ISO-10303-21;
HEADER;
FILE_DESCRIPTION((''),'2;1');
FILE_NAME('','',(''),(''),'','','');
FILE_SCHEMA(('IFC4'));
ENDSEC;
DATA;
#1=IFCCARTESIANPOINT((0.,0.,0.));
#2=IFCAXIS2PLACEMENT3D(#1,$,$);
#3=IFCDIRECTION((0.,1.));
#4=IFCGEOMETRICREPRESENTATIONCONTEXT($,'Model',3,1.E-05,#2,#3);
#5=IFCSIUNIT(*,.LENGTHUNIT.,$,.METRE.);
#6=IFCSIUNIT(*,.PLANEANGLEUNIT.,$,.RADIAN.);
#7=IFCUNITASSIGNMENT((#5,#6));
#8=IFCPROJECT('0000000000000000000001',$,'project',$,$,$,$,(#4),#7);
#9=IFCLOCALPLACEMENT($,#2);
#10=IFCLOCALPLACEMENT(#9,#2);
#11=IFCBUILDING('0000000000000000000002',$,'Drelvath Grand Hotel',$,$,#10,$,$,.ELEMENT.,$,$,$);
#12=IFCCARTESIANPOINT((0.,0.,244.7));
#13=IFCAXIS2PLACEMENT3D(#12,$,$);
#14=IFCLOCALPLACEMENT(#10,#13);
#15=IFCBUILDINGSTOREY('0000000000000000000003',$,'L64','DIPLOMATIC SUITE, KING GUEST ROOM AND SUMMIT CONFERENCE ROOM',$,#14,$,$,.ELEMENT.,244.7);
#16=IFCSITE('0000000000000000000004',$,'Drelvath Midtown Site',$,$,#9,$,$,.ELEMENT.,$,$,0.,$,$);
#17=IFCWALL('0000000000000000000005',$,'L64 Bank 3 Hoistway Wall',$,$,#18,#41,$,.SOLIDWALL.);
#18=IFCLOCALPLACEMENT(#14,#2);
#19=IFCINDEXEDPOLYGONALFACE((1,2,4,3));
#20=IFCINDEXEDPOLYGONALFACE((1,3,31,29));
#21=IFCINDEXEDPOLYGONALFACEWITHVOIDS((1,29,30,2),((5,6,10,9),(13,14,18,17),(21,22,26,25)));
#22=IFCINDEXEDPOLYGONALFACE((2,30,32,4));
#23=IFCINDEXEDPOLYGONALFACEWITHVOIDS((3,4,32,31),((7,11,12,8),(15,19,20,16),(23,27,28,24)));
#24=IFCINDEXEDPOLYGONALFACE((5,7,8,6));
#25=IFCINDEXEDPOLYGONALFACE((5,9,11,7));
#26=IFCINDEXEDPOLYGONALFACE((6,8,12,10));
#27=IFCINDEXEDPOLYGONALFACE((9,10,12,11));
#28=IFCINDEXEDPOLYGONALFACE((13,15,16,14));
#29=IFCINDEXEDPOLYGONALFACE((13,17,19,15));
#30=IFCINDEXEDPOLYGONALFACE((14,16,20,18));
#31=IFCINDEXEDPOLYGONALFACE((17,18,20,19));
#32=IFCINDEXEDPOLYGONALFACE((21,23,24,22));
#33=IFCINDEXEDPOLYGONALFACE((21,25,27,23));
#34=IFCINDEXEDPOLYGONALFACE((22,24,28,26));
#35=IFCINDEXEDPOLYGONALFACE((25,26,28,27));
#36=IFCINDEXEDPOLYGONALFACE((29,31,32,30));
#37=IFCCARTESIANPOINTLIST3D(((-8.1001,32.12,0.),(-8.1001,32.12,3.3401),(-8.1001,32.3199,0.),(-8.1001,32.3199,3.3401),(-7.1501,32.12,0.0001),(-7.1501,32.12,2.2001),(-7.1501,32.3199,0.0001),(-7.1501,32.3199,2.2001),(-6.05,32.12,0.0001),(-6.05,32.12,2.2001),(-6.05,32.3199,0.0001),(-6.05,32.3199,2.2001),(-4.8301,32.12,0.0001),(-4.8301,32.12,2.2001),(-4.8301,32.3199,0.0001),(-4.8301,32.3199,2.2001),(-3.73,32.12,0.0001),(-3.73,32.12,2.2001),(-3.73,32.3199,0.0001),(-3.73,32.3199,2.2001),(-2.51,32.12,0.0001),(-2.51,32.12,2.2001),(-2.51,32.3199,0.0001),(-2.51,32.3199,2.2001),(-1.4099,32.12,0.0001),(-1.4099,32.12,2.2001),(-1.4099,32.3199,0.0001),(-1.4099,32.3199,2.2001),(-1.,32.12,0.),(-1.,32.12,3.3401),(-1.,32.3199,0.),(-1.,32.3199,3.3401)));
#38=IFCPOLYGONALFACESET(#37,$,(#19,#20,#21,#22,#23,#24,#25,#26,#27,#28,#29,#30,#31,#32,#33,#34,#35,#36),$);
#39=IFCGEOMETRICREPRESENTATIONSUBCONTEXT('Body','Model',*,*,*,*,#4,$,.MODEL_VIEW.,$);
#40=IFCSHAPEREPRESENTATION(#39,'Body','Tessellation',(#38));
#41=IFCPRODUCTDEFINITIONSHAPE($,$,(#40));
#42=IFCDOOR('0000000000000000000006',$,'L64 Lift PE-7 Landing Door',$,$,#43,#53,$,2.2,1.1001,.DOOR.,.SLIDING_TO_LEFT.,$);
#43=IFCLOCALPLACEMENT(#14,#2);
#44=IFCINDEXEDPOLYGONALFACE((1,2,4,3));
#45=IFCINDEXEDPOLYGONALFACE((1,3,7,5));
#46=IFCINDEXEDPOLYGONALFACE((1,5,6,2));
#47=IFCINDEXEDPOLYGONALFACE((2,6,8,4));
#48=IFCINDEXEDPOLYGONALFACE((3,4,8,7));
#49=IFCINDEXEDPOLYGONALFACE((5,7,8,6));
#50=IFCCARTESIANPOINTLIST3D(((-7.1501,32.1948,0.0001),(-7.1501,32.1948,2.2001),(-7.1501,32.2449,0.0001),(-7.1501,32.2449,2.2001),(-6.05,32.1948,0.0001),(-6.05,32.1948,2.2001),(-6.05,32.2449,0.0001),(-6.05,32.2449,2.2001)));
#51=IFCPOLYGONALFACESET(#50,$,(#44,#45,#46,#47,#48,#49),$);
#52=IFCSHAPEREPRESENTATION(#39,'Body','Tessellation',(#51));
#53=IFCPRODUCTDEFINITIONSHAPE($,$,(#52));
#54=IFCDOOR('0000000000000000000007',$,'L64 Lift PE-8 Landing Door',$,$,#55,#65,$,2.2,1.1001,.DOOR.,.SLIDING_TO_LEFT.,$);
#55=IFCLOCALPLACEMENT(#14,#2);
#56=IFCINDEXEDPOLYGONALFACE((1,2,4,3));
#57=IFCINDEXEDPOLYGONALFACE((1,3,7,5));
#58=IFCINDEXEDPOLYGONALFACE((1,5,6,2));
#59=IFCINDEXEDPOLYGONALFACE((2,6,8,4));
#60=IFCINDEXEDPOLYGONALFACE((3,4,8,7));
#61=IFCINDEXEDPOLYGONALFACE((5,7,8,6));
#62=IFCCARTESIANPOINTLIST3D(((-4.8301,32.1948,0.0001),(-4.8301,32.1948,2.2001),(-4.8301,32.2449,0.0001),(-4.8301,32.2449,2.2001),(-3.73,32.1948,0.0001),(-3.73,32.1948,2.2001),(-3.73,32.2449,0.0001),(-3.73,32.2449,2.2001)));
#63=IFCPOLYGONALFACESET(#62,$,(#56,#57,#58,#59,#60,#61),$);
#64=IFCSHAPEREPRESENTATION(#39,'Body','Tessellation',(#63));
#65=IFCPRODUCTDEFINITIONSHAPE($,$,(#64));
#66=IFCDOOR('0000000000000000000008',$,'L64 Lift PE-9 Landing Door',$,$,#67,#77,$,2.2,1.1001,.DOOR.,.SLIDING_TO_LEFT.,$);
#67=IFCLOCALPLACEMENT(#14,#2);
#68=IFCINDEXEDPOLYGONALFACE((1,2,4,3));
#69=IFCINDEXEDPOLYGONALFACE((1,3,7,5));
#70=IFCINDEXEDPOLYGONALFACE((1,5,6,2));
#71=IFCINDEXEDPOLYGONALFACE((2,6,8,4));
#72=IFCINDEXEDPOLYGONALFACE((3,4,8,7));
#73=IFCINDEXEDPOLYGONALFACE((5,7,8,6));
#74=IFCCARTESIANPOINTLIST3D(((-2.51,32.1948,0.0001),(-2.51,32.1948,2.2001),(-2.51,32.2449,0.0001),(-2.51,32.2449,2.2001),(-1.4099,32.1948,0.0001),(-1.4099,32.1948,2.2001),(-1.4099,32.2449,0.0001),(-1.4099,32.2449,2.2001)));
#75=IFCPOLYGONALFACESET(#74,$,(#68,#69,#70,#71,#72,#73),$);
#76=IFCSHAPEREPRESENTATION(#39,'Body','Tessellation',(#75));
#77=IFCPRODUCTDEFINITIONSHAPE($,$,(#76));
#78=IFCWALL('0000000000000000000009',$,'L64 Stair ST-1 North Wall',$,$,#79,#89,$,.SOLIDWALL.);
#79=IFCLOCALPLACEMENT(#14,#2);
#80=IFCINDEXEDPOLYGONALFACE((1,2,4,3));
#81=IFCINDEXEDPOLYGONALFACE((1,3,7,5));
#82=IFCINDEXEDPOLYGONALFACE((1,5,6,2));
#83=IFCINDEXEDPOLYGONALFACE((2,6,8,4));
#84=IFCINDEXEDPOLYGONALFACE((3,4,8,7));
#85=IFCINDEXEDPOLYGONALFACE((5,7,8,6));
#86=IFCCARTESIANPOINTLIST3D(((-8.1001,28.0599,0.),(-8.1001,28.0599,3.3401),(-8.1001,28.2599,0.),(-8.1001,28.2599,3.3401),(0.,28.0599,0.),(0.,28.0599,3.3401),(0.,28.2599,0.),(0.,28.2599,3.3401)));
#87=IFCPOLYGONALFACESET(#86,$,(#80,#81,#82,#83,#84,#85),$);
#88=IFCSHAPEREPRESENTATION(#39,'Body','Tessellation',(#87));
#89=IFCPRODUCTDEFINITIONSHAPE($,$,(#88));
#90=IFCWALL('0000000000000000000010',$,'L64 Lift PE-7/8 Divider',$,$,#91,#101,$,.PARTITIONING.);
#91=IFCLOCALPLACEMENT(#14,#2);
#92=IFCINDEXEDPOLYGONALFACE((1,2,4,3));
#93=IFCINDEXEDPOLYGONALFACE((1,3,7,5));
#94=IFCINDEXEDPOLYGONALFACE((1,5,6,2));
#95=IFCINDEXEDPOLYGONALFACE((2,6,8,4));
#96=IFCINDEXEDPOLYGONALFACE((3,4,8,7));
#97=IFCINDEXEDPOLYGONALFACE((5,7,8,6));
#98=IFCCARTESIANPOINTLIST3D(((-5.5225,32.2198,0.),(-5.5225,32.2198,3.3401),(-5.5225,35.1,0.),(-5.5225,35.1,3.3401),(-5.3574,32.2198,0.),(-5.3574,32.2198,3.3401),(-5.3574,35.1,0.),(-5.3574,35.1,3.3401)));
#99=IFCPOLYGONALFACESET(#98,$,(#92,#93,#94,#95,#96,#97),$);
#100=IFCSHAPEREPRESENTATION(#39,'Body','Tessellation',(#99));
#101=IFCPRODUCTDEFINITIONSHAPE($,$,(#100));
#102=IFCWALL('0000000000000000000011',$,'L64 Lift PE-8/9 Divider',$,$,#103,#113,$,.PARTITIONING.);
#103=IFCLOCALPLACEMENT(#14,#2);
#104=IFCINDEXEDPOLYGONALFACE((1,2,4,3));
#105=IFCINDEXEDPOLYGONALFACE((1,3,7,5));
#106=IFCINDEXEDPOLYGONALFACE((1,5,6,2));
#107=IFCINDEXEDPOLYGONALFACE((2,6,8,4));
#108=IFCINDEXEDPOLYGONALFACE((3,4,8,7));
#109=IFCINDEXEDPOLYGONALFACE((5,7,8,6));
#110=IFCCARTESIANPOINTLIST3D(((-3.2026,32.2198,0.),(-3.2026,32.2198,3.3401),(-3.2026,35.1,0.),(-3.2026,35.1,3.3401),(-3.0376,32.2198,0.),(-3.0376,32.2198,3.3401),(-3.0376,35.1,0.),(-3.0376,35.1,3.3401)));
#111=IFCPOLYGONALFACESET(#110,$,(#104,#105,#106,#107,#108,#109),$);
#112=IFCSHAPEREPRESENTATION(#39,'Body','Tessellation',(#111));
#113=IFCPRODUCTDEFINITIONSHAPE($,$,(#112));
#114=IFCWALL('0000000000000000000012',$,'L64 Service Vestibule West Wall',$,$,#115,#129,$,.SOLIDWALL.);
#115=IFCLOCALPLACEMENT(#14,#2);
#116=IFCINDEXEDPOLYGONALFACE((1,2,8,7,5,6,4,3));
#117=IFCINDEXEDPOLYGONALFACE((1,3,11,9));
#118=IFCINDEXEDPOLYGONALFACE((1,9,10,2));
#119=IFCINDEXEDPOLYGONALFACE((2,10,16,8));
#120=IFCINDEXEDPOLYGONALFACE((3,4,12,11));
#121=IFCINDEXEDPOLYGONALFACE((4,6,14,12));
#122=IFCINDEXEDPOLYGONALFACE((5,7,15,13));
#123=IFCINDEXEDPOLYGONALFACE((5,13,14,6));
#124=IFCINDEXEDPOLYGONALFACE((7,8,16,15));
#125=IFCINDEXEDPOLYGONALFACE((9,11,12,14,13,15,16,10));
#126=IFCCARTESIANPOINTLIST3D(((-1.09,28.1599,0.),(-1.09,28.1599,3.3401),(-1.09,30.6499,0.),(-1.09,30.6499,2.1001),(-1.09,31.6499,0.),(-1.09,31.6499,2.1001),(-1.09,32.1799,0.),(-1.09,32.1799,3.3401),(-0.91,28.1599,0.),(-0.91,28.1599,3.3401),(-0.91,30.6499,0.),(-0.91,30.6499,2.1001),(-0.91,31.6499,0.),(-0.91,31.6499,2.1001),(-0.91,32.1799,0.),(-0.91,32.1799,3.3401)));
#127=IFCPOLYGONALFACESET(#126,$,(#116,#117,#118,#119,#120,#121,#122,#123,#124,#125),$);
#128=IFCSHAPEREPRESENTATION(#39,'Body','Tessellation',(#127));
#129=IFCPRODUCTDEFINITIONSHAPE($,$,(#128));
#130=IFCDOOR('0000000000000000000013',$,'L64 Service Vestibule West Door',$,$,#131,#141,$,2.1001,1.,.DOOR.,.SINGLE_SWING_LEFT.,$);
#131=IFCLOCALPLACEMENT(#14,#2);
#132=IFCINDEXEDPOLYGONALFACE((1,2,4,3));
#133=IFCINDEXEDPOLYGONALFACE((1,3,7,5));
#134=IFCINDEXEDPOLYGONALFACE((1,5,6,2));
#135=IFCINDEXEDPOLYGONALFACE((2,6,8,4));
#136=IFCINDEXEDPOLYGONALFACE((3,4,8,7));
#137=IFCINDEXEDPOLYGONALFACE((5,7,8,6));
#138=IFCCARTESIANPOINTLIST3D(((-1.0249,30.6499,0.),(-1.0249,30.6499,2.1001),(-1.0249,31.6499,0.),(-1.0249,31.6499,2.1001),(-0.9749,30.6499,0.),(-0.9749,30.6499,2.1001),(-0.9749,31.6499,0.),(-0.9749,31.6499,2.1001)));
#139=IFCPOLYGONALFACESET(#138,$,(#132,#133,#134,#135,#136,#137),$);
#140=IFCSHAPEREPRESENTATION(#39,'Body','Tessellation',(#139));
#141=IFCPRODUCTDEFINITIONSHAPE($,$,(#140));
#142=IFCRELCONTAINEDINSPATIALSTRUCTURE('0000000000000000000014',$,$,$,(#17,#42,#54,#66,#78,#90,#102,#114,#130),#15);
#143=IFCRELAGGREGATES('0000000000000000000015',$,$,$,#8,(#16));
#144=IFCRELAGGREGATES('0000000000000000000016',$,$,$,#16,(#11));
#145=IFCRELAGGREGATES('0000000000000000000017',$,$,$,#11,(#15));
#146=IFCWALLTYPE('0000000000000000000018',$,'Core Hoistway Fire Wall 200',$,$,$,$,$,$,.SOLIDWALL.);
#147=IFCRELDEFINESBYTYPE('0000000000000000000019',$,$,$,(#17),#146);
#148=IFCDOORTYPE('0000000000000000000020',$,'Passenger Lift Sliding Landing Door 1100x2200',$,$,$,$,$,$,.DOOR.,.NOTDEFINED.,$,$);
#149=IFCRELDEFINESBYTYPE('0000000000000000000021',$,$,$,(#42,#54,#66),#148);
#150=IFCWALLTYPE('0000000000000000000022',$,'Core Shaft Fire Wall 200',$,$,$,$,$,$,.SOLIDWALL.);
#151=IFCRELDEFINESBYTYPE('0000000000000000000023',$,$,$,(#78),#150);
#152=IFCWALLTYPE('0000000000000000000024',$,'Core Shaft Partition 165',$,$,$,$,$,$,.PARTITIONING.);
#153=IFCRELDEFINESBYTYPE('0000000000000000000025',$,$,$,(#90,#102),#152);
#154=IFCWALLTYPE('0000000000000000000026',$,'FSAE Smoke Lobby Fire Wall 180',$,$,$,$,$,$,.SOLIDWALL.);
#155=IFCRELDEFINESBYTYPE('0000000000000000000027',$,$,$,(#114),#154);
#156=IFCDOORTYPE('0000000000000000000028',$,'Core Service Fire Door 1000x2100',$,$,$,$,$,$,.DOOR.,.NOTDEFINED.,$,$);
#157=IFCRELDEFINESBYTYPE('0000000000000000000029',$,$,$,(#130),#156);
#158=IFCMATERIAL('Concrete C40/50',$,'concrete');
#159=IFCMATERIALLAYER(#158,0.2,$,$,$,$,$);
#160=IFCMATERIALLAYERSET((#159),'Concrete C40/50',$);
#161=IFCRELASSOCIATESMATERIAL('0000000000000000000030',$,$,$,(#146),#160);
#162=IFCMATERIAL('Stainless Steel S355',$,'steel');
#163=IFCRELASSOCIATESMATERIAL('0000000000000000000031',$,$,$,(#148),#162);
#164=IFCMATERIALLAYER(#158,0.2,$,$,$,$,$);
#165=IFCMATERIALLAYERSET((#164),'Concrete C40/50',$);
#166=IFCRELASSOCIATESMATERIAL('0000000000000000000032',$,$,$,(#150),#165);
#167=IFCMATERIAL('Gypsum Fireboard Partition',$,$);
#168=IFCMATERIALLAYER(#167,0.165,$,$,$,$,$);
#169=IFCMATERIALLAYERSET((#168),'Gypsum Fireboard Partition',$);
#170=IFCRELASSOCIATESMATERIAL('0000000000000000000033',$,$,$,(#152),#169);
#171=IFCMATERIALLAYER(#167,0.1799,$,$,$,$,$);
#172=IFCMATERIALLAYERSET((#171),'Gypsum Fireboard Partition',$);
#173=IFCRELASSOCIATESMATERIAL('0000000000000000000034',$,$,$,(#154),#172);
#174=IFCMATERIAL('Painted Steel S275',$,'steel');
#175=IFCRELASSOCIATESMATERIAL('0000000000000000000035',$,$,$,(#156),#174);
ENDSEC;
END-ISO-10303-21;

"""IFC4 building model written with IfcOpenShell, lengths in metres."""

from ifc_helpers import new_model, si_unit, direction, frame, frame_2d, origin, place, context, subcontext, project, spatial, rectangle, extrude, material, layer, layer_set, type_object, element, fill, save


model = new_model("IFC4")

# Units and contexts
model_context = context("Model", 3, precision=1e-05, world=origin(), true_north=direction((0.0, 1.0)))
body_context = subcontext(model_context, "Body", "Model", "MODEL_VIEW")
ifc_project = project(units=[si_unit("LENGTHUNIT", "METRE"), si_unit("PLANEANGLEUNIT", "RADIAN")], contexts=[model_context])

# Site, building, storey
site_placement = place(None, origin())
site = spatial("IfcSite", under=ifc_project, at=site_placement, Name="Drelvath Midtown Site", CompositionType="ELEMENT", RefElevation=0.0)
building_placement = place(site_placement, origin())
building = spatial("IfcBuilding", under=site, at=building_placement, Name="Drelvath Grand Hotel", CompositionType="ELEMENT")
storey_placement = place(building_placement, frame((0.0, 0.0, 244.7)))
storey = spatial("IfcBuildingStorey", under=building, at=storey_placement, Name="L64", Description="DIPLOMATIC SUITE, KING GUEST ROOM AND SUMMIT CONFERENCE ROOM", CompositionType="ELEMENT", Elevation=244.7)

# Shared definitions
ifc_material_1 = material(Name="Painted Steel S275", Category="steel")

# Wall, openings, doors
ifc_material_2 = material(Name="Concrete C40/50", Category="concrete")
ifc_layer_1 = layer(ifc_material_2, 0.2)
ifc_layer_set_1 = layer_set([ifc_layer_1], Name="Concrete C40/50")
wall_type_1 = type_object("IfcWallType", Name="Core Hoistway Fire Wall 200", PredefinedType="SOLIDWALL", material=ifc_layer_set_1)
wall_1_placement = place(storey_placement, frame((-8.1001, 32.22, 0.0), z_axis=(0.0, 0.0, 1.0), x_axis=(1.0, 0.0, 0.0)))
wall_1 = element("IfcWall", 1, at=wall_1_placement, inside=storey, type_object=wall_type_1, Name="L64 Bank 3 Hoistway Wall", PredefinedType="SOLIDWALL", context=body_context, shape_type="SweptSolid", body=[
    extrude(rectangle(XDim=7.1001, YDim=0.2, at=frame_2d((3.55, 0.0))), origin(), (0.0, 0.0, 1.0), 3.3401),
])
opening_1_placement = place(wall_1_placement, frame((0.95, 0.0, 0.0)))
opening_1 = element("IfcOpeningElement", 2, at=opening_1_placement, cuts=wall_1, PredefinedType="OPENING", context=body_context, shape_type="SweptSolid", body=[
    extrude(rectangle(XDim=1.1001, YDim=2.2, at=frame_2d((0.55, 1.1001))), frame((0.0, 0.1099, 0.0), z_axis=(0.0, -1.0, 0.0), x_axis=(1.0, 0.0, 0.0)), (0.0, 0.0, 1.0), 0.22),
])
opening_2_placement = place(wall_1_placement, frame((3.27, 0.0, 0.0)))
opening_2 = element("IfcOpeningElement", 3, at=opening_2_placement, cuts=wall_1, PredefinedType="OPENING", context=body_context, shape_type="SweptSolid", body=[
    extrude(rectangle(XDim=1.1001, YDim=2.2, at=frame_2d((0.55, 1.1001))), frame((0.0, 0.1099, 0.0), z_axis=(0.0, -1.0, 0.0), x_axis=(1.0, 0.0, 0.0)), (0.0, 0.0, 1.0), 0.22),
])
opening_3_placement = place(wall_1_placement, frame((5.5901, 0.0, 0.0)))
opening_3 = element("IfcOpeningElement", 4, at=opening_3_placement, cuts=wall_1, PredefinedType="OPENING", context=body_context, shape_type="SweptSolid", body=[
    extrude(rectangle(XDim=1.1001, YDim=2.2, at=frame_2d((0.55, 1.1001))), frame((0.0, 0.1099, 0.0), z_axis=(0.0, -1.0, 0.0), x_axis=(1.0, 0.0, 0.0)), (0.0, 0.0, 1.0), 0.22),
])
ifc_material_3 = material(Name="Stainless Steel S355", Category="steel")
door_type_1 = type_object("IfcDoorType", Name="Passenger Lift Sliding Landing Door 1100x2200", OperationType="NOTDEFINED", PredefinedType="DOOR", material=ifc_material_3)
door_1_placement = place(opening_1_placement, origin())
door_1 = element("IfcDoor", 5, at=door_1_placement, inside=storey, type_object=door_type_1, Name="L64 Lift PE-7 Landing Door", OperationType="SLIDING_TO_LEFT", OverallHeight=2.2, OverallWidth=1.1001, PredefinedType="DOOR", context=body_context, shape_type="SweptSolid", body=[
    extrude(rectangle(XDim=1.1001, YDim=2.2, at=frame_2d((0.55, 1.1001))), frame((0.0, 0.0249, 0.0), z_axis=(0.0, -1.0, 0.0), x_axis=(1.0, 0.0, 0.0)), (0.0, 0.0, 1.0), 0.05),
])
fill(opening_1, door_1)
door_2_placement = place(opening_2_placement, origin())
door_2 = element("IfcDoor", 6, at=door_2_placement, inside=storey, type_object=door_type_1, Name="L64 Lift PE-8 Landing Door", OperationType="SLIDING_TO_LEFT", OverallHeight=2.2, OverallWidth=1.1001, PredefinedType="DOOR", context=body_context, shape_type="SweptSolid", body=[
    extrude(rectangle(XDim=1.1001, YDim=2.2, at=frame_2d((0.55, 1.1001))), frame((0.0, 0.0249, 0.0), z_axis=(0.0, -1.0, 0.0), x_axis=(1.0, 0.0, 0.0)), (0.0, 0.0, 1.0), 0.05),
])
fill(opening_2, door_2)
door_3_placement = place(opening_3_placement, origin())
door_3 = element("IfcDoor", 7, at=door_3_placement, inside=storey, type_object=door_type_1, Name="L64 Lift PE-9 Landing Door", OperationType="SLIDING_TO_LEFT", OverallHeight=2.2, OverallWidth=1.1001, PredefinedType="DOOR", context=body_context, shape_type="SweptSolid", body=[
    extrude(rectangle(XDim=1.1001, YDim=2.2, at=frame_2d((0.55, 1.1001))), frame((0.0, 0.0249, 0.0), z_axis=(0.0, -1.0, 0.0), x_axis=(1.0, 0.0, 0.0)), (0.0, 0.0, 1.0), 0.05),
])
fill(opening_3, door_3)

# Walls
ifc_layer_2 = layer(ifc_material_2, 0.2)
ifc_layer_set_2 = layer_set([ifc_layer_2], Name="Concrete C40/50")
wall_type_2 = type_object("IfcWallType", Name="Core Shaft Fire Wall 200", PredefinedType="SOLIDWALL", material=ifc_layer_set_2)
wall_2_placement = place(storey_placement, frame((-8.1001, 28.1599, 0.0), z_axis=(0.0, 0.0, 1.0), x_axis=(1.0, 0.0, 0.0)))
element("IfcWall", 8, at=wall_2_placement, inside=storey, type_object=wall_type_2, Name="L64 Stair ST-1 North Wall", PredefinedType="SOLIDWALL", context=body_context, shape_type="SweptSolid", body=[
    extrude(rectangle(XDim=8.1001, YDim=0.2, at=frame_2d((4.05, 0.0))), origin(), (0.0, 0.0, 1.0), 3.3401),
])
ifc_material_4 = material(Name="Gypsum Fireboard Partition")
ifc_layer_3 = layer(ifc_material_4, 0.165)
ifc_layer_set_3 = layer_set([ifc_layer_3], Name="Gypsum Fireboard Partition")
wall_type_3 = type_object("IfcWallType", Name="Core Shaft Partition 165", PredefinedType="PARTITIONING", material=ifc_layer_set_3)
for number, where, z_axis, x_axis, name in (
    (9, (-5.4399, 32.22, 0.0), (0.0, 0.0, 1.0), (0.0, 1.0, 0.0), "L64 Lift PE-7/8 Divider"),
    (10, (-3.1201, 32.22, 0.0), (0.0, 0.0, 1.0), (0.0, 1.0, 0.0), "L64 Lift PE-8/9 Divider"),
):
    element("IfcWall", number, at=place(storey_placement, frame(where, z_axis=z_axis, x_axis=x_axis)), inside=storey, type_object=wall_type_3, Name=name, PredefinedType="PARTITIONING", context=body_context, shape_type="SweptSolid", body=[
        extrude(rectangle(XDim=2.8801, YDim=0.165, at=frame_2d((1.4399, 0.0))), origin(), (0.0, 0.0, 1.0), 3.3401),
    ])

# Wall, opening, door
ifc_layer_4 = layer(ifc_material_4, 0.1799)
ifc_layer_set_4 = layer_set([ifc_layer_4], Name="Gypsum Fireboard Partition")
wall_type_4 = type_object("IfcWallType", Name="FSAE Smoke Lobby Fire Wall 180", PredefinedType="SOLIDWALL", material=ifc_layer_set_4)
wall_3_placement = place(storey_placement, frame((-1.0, 28.1599, 0.0), z_axis=(0.0, 0.0, 1.0), x_axis=(0.0, 1.0, 0.0)))
wall_3 = element("IfcWall", 11, at=wall_3_placement, inside=storey, type_object=wall_type_4, Name="L64 Service Vestibule West Wall", PredefinedType="SOLIDWALL", context=body_context, shape_type="SweptSolid", body=[
    extrude(rectangle(XDim=4.02, YDim=0.1799, at=frame_2d((2.01, 0.0))), origin(), (0.0, 0.0, 1.0), 3.3401),
])
opening_4_placement = place(wall_3_placement, frame((2.49, 0.0, 0.0)))
opening_4 = element("IfcOpeningElement", 12, at=opening_4_placement, cuts=wall_3, PredefinedType="OPENING", context=body_context, shape_type="SweptSolid", body=[
    extrude(rectangle(XDim=1.0, YDim=2.1001, at=frame_2d((0.5, 1.05))), frame((0.0, 0.0999, 0.0), z_axis=(0.0, -1.0, 0.0), x_axis=(1.0, 0.0, 0.0)), (0.0, 0.0, 1.0), 0.2),
])
door_type_2 = type_object("IfcDoorType", Name="Core Service Fire Door 1000x2100", OperationType="NOTDEFINED", PredefinedType="DOOR", material=ifc_material_1)
door_4_placement = place(opening_4_placement, origin())
door_4 = element("IfcDoor", 13, at=door_4_placement, inside=storey, type_object=door_type_2, Name="L64 Service Vestibule West Door", OperationType="SINGLE_SWING_LEFT", OverallHeight=2.1001, OverallWidth=1.0, PredefinedType="DOOR", context=body_context, shape_type="SweptSolid", body=[
    extrude(rectangle(XDim=1.0, YDim=2.1001, at=frame_2d((0.5, 1.05))), frame((0.0, 0.0249, 0.0), z_axis=(0.0, -1.0, 0.0), x_axis=(1.0, 0.0, 0.0)), (0.0, 0.0, 1.0), 0.05),
])
fill(opening_4, door_4)

save(model, "model.ifc")
